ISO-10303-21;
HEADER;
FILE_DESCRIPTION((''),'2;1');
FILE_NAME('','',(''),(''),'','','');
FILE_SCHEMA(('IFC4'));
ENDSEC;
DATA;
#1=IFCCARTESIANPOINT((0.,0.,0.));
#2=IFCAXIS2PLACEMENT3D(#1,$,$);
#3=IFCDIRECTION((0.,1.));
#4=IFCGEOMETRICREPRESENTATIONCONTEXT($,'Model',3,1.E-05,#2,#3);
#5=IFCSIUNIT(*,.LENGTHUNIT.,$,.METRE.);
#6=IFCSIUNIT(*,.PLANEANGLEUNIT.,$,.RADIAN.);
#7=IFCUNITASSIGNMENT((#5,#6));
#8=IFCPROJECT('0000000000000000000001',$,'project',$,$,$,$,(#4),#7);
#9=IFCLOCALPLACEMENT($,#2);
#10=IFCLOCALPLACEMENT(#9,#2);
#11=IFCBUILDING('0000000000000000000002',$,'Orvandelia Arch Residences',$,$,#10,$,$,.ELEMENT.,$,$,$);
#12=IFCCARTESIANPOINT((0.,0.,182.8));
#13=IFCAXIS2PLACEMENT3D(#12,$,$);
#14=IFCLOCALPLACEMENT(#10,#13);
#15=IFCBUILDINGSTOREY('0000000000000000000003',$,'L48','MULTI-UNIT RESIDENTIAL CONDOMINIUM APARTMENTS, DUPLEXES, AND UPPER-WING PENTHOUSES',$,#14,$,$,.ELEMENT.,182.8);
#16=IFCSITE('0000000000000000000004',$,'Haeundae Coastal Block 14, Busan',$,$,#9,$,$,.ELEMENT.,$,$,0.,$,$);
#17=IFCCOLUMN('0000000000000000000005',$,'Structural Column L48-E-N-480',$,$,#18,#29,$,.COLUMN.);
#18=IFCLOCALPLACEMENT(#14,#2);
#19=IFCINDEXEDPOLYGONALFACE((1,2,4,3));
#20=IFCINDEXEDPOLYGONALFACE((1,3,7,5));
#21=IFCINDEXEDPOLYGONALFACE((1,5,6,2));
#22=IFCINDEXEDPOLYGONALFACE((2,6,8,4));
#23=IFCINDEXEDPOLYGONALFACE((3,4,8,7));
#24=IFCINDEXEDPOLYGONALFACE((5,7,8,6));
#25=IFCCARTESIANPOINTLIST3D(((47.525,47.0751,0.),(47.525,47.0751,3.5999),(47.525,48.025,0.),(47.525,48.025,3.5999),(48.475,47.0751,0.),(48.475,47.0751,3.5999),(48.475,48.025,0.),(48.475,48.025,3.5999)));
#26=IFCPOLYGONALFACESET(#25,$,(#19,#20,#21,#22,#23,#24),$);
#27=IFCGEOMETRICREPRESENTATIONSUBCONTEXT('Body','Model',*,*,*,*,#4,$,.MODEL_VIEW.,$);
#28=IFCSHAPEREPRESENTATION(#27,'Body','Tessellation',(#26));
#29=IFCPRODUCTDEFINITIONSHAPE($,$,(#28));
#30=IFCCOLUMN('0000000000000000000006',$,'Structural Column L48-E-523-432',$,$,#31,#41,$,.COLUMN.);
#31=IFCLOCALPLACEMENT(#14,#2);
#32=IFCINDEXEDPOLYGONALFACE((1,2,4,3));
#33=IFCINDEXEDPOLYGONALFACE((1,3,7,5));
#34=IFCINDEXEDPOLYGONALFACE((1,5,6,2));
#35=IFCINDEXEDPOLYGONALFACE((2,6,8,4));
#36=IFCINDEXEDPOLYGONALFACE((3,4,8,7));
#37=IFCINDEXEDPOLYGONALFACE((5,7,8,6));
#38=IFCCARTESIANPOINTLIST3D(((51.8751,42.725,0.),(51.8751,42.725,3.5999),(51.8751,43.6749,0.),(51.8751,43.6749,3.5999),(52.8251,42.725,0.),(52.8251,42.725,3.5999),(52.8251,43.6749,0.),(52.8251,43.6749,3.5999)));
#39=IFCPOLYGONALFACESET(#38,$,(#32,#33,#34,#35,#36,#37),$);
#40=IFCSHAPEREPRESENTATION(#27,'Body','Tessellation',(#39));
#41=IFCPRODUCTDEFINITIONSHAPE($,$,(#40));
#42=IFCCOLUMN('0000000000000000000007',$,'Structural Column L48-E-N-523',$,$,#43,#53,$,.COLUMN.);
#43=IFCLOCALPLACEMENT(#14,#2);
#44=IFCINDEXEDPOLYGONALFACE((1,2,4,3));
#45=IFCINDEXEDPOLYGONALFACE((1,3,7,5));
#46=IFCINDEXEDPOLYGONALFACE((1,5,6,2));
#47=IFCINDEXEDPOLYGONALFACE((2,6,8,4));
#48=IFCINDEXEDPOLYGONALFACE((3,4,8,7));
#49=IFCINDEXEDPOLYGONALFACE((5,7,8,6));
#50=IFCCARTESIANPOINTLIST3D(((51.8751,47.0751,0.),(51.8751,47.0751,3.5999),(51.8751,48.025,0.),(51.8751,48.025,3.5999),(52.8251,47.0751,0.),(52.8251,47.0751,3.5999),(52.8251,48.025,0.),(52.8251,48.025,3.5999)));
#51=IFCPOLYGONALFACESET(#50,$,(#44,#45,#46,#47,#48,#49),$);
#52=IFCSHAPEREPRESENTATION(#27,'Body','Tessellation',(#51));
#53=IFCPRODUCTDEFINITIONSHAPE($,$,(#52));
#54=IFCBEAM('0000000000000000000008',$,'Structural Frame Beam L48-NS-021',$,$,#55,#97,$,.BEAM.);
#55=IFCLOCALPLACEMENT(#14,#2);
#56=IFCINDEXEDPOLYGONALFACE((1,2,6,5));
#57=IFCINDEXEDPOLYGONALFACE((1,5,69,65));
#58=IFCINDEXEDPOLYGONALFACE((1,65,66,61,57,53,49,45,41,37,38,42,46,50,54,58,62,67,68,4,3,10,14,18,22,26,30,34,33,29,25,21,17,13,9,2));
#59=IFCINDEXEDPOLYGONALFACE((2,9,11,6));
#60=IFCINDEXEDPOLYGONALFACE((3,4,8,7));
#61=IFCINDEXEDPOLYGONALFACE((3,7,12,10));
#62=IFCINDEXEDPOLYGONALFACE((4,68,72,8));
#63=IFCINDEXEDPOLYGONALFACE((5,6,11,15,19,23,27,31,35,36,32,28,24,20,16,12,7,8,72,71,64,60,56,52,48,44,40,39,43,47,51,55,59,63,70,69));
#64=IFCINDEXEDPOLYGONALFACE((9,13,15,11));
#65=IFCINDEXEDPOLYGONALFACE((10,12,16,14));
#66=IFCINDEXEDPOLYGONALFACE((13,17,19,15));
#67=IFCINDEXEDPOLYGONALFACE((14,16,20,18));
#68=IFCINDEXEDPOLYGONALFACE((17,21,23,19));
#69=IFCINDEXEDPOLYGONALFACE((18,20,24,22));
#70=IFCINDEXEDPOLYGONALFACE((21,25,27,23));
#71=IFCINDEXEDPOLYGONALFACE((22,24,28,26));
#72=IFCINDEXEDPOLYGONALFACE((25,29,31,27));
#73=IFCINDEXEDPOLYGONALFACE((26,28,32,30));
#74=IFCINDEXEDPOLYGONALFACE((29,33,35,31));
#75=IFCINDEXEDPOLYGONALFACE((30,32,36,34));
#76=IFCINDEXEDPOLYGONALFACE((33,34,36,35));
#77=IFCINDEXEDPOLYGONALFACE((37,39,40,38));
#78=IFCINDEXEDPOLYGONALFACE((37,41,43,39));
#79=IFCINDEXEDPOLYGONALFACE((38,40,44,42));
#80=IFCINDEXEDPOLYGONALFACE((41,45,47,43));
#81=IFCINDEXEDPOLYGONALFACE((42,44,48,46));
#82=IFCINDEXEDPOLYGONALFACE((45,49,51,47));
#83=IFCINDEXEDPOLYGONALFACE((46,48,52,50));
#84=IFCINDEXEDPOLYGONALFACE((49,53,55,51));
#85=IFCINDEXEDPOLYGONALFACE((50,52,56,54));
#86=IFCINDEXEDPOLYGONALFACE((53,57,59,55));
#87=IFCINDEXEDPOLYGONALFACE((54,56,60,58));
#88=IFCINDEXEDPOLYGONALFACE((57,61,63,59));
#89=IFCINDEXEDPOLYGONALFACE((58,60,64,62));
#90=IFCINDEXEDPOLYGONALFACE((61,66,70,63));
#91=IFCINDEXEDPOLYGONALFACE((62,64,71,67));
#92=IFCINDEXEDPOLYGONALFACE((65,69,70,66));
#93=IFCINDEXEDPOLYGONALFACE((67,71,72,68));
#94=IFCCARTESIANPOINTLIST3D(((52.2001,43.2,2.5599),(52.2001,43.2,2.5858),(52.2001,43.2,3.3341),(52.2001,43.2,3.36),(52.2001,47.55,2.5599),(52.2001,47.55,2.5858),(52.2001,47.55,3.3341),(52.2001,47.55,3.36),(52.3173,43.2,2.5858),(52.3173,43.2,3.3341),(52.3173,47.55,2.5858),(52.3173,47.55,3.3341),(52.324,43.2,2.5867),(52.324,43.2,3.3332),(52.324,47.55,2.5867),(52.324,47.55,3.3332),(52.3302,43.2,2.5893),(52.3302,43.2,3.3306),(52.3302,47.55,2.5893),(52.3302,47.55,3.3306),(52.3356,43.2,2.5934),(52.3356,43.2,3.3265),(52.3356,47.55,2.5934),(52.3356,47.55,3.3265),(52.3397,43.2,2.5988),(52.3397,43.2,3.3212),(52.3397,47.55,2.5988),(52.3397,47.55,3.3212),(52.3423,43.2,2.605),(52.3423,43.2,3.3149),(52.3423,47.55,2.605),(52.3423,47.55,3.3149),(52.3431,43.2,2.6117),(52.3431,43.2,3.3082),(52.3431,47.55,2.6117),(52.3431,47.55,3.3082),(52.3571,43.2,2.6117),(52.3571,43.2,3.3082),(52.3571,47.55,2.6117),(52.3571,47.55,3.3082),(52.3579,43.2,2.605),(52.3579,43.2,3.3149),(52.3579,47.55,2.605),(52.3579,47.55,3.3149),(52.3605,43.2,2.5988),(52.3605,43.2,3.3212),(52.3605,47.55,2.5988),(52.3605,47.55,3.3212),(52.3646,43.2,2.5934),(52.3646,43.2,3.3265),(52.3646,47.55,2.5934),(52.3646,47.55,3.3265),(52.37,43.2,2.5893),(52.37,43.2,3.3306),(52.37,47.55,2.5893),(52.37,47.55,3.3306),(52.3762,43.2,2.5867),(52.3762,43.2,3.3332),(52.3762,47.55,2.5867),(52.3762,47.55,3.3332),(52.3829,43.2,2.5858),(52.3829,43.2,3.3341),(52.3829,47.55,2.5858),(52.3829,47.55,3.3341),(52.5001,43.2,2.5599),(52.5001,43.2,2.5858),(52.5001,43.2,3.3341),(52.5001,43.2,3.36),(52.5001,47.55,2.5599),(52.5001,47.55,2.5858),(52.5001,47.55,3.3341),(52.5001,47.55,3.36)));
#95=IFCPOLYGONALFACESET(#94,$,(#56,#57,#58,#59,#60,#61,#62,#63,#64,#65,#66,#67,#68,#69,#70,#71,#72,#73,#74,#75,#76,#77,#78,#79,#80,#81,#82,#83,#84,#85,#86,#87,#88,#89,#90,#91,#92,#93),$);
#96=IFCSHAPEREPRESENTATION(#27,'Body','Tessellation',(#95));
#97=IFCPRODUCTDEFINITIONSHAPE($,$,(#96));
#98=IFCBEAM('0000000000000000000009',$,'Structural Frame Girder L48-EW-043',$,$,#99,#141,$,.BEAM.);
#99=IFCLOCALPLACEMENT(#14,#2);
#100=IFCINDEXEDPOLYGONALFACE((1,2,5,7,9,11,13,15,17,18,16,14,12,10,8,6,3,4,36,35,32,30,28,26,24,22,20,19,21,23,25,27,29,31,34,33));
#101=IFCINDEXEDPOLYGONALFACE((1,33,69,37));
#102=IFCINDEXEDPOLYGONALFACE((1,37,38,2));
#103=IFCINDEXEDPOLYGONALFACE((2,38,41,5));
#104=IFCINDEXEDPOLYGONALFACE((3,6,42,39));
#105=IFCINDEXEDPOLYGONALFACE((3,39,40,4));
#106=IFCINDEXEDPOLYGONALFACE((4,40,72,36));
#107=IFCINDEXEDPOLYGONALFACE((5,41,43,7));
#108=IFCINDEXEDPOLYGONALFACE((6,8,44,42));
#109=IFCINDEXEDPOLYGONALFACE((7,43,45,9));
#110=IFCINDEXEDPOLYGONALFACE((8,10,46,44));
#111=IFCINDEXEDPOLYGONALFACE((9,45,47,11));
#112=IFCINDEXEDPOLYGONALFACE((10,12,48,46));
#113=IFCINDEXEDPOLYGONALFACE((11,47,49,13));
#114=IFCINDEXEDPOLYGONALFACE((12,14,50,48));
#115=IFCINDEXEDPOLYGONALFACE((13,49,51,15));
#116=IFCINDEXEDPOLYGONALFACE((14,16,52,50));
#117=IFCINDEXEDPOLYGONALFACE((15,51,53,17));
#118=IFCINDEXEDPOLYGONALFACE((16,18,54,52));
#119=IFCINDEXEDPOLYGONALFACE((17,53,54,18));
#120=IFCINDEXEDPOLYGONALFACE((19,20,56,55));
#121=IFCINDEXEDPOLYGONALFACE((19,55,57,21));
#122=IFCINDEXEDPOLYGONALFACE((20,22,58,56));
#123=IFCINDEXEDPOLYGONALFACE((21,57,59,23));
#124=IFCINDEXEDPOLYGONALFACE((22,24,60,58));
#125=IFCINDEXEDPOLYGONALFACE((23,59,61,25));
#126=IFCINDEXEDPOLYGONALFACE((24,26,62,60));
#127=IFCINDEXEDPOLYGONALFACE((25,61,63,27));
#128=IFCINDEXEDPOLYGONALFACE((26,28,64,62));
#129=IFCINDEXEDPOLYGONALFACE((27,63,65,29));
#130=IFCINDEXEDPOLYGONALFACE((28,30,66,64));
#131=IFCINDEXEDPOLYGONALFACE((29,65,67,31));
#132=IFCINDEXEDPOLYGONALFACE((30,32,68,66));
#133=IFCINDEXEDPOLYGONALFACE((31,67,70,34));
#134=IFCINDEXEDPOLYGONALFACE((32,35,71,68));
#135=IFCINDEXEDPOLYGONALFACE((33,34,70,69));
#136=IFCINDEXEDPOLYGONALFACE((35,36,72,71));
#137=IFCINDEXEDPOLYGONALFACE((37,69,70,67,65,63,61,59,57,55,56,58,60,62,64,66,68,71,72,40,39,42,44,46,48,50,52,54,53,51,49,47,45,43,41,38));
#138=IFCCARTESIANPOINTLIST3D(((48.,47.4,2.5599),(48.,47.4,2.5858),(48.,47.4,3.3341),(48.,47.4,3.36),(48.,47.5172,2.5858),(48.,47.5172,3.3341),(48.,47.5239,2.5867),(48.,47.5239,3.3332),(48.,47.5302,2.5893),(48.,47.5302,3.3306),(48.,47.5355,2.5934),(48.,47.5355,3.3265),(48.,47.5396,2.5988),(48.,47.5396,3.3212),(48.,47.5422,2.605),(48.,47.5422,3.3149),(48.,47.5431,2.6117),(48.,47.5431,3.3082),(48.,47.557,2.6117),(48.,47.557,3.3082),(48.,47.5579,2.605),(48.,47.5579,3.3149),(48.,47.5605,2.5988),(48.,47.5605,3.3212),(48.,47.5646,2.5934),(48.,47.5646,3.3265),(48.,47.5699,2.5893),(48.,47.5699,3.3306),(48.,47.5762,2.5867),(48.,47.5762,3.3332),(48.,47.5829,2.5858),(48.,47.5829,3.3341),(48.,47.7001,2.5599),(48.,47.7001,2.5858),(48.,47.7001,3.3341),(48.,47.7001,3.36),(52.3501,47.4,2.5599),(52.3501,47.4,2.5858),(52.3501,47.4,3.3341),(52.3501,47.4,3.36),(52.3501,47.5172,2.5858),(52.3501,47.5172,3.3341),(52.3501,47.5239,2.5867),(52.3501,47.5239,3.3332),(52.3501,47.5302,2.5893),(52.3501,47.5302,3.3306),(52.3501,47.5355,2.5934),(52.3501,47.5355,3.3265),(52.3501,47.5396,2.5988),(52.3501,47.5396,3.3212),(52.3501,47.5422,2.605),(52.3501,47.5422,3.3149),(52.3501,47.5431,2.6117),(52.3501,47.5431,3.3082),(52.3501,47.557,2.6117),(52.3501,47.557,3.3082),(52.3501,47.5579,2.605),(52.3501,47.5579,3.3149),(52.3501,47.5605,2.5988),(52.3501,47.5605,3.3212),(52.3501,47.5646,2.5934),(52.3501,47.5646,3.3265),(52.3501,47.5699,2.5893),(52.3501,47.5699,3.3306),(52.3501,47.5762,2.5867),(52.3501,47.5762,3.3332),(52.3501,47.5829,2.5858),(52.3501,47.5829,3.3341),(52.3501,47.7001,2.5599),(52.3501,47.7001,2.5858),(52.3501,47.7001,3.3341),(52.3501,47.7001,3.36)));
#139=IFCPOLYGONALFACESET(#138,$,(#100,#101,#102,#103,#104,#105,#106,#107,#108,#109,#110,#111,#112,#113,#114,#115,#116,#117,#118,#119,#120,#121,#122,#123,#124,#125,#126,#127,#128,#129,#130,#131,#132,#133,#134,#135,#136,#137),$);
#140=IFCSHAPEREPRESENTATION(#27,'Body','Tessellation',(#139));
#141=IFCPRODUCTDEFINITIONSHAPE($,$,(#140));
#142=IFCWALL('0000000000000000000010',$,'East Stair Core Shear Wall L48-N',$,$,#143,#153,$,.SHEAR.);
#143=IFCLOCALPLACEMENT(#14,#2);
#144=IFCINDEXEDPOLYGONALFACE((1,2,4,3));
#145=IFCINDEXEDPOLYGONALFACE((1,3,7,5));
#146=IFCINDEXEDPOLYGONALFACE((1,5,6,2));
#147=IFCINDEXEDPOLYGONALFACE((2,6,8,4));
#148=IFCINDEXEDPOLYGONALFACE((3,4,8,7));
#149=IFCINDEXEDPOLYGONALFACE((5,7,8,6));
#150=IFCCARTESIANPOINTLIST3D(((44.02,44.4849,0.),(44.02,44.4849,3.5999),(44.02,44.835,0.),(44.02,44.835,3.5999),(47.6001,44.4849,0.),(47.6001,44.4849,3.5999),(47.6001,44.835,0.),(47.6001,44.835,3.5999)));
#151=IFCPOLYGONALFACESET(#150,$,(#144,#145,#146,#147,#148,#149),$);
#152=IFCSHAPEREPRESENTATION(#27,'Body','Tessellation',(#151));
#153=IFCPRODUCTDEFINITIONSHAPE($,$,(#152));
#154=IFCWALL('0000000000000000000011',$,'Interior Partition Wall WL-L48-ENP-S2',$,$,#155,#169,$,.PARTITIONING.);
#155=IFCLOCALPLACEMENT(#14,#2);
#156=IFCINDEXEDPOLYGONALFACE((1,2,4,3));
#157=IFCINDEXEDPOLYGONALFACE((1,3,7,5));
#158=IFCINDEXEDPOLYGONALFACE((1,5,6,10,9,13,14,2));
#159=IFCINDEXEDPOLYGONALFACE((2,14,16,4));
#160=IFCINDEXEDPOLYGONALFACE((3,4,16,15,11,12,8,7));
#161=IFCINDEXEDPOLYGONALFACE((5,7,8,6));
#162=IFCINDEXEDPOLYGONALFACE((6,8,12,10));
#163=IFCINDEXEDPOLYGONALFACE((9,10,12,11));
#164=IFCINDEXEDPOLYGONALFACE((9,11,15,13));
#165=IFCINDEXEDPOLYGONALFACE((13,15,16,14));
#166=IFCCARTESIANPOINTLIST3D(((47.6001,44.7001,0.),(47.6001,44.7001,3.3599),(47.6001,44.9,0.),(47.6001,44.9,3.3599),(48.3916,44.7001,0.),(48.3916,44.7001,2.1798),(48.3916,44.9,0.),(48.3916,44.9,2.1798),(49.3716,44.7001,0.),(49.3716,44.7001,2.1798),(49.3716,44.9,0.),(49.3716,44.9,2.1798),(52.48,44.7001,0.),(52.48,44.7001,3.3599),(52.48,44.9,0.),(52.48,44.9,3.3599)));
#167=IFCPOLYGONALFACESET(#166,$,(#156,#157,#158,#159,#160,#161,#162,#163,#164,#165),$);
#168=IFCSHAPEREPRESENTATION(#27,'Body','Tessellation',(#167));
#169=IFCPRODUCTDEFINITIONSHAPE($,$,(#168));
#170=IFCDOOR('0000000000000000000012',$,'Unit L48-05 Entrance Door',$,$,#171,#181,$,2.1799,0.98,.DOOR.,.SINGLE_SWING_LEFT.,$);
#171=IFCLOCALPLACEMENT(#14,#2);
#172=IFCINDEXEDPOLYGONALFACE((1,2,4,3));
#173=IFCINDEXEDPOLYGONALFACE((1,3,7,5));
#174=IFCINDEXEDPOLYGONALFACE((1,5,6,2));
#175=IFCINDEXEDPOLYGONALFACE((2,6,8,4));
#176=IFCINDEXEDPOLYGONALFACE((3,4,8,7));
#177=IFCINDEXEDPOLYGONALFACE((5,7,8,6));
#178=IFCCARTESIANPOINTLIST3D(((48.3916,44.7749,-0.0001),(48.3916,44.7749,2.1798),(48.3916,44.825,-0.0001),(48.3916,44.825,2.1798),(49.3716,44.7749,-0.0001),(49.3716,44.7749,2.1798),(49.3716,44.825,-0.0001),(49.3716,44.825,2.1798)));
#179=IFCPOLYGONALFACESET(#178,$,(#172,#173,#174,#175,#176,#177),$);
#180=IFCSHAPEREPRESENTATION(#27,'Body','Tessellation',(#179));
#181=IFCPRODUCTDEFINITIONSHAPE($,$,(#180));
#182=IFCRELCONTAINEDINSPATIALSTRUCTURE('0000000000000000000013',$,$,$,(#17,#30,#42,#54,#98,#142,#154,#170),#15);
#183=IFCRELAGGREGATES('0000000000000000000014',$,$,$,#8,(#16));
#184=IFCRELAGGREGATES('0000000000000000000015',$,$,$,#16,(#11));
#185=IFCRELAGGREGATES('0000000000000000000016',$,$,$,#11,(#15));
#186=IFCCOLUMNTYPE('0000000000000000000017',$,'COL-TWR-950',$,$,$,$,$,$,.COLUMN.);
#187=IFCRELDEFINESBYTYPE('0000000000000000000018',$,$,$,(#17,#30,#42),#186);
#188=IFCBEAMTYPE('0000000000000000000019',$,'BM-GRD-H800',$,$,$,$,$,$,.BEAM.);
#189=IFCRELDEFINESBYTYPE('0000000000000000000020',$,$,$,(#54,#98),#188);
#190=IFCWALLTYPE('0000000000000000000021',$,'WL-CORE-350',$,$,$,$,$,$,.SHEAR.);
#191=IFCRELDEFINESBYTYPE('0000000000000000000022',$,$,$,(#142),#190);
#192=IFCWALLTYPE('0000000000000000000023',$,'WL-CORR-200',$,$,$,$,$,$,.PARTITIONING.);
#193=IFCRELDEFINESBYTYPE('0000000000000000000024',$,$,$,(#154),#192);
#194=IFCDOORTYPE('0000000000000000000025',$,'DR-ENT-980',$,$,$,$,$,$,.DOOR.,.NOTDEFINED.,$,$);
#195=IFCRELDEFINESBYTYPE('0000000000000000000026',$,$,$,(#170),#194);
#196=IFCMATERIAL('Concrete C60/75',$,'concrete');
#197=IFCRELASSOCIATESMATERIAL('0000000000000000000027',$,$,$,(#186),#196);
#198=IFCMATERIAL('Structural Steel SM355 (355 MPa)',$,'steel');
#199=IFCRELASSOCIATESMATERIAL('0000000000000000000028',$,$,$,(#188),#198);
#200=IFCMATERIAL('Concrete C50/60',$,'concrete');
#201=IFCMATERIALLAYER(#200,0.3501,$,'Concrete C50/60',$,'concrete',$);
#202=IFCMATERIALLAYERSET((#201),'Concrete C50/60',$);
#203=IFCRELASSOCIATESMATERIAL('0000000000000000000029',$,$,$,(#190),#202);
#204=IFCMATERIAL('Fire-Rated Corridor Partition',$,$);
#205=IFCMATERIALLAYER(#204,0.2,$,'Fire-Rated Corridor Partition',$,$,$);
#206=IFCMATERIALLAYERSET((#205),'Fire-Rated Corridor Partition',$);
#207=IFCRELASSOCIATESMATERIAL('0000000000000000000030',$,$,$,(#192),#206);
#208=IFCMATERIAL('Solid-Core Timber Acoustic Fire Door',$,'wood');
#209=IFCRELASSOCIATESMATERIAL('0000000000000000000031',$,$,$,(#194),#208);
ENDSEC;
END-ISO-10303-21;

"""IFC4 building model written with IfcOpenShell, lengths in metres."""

from ifc_helpers import new_model, si_unit, direction, frame, frame_2d, origin, origin_2d, place, context, subcontext, project, spatial, rectangle, i_section, extrude, material, layer, layer_set, material_profile, profile_set, type_object, element, fill, save


model = new_model("IFC4")

# Units and contexts
model_context = context("Model", 3, precision=1e-05, world=origin(), true_north=direction((0.0, 1.0)))
body_context = subcontext(model_context, "Body", "Model", "MODEL_VIEW")
ifc_project = project(units=[si_unit("LENGTHUNIT", "METRE"), si_unit("PLANEANGLEUNIT", "RADIAN")], contexts=[model_context])

# Site, building, storey
site_placement = place(None, origin())
site = spatial("IfcSite", under=ifc_project, at=site_placement, Name="Haeundae Coastal Block 14, Busan", CompositionType="ELEMENT", RefElevation=0.0)
building_placement = place(site_placement, origin())
building = spatial("IfcBuilding", under=site, at=building_placement, Name="Orvandelia Arch Residences", CompositionType="ELEMENT")
storey_placement = place(building_placement, frame((0.0, 0.0, 182.8)))
storey = spatial("IfcBuildingStorey", under=building, at=storey_placement, Name="L48", Description="MULTI-UNIT RESIDENTIAL CONDOMINIUM APARTMENTS, DUPLEXES, AND UPPER-WING PENTHOUSES", CompositionType="ELEMENT", Elevation=182.8)

# Columns
ifc_material_1 = material(Name="Concrete C60/75", Category="concrete")
ifc_material_profile_1 = material_profile(ifc_material_1, rectangle(XDim=0.95, YDim=0.95, at=origin_2d()), Name="Concrete C60/75", Category="concrete")
ifc_profile_set_1 = profile_set([ifc_material_profile_1], Name="Concrete C60/75")
column_type = type_object("IfcColumnType", Name="COL-TWR-950", PredefinedType="COLUMN", material=ifc_profile_set_1)
for number, where, z_axis, x_axis, name in (
    (1, (48.0, 47.55, 0.0), (0.0, 0.0, 1.0), (1.0, 0.0, 0.0), "Structural Column L48-E-N-480"),
    (2, (52.3501, 43.2, 0.0), (0.0, 0.0, 1.0), (1.0, 0.0, 0.0), "Structural Column L48-E-523-432"),
    (3, (52.3501, 47.55, 0.0), (0.0, 0.0, 1.0), (1.0, 0.0, 0.0), "Structural Column L48-E-N-523"),
):
    element("IfcColumn", number, at=place(storey_placement, frame(where, z_axis=z_axis, x_axis=x_axis)), inside=storey, type_object=column_type, Name=name, PredefinedType="COLUMN", context=body_context, shape_type="SweptSolid", body=[
        extrude(rectangle(XDim=0.95, YDim=0.95, at=origin_2d()), origin(), (0.0, 0.0, 1.0), 3.5999),
    ])

# Beams
ifc_material_2 = material(Name="Structural Steel SM355 (355 MPa)", Category="steel")
ifc_material_profile_2 = material_profile(ifc_material_2, i_section(OverallWidth=0.3, OverallDepth=0.8, WebThickness=0.0139, FlangeThickness=0.0259, FilletRadius=0.0259, at=origin_2d()), Name="Structural Steel SM355 (355 MPa)", Category="steel")
ifc_profile_set_2 = profile_set([ifc_material_profile_2], Name="Structural Steel SM355 (355 MPa)")
beam_type = type_object("IfcBeamType", Name="BM-GRD-H800", PredefinedType="BEAM", material=ifc_profile_set_2)
for number, where, z_axis, x_axis, name in (
    (4, (52.3501, 43.2, 2.96), (0.0, 1.0, 0.0), (-1.0, 0.0, 0.0), "Structural Frame Beam L48-NS-021"),
    (5, (48.0, 47.55, 2.96), (1.0, 0.0, 0.0), (0.0, 1.0, 0.0), "Structural Frame Girder L48-EW-043"),
):
    element("IfcBeam", number, at=place(storey_placement, frame(where, z_axis=z_axis, x_axis=x_axis)), inside=storey, type_object=beam_type, Name=name, PredefinedType="BEAM", context=body_context, shape_type="SweptSolid", body=[
        extrude(i_section(OverallWidth=0.3, OverallDepth=0.8, WebThickness=0.0139, FlangeThickness=0.0259, FilletRadius=0.0259, at=origin_2d()), origin(), (0.0, 0.0, 1.0), 4.3501),
    ])

# Wall
ifc_material_3 = material(Name="Concrete C50/60", Category="concrete")
ifc_layer_1 = layer(ifc_material_3, 0.3501, Name="Concrete C50/60", Category="concrete")
ifc_layer_set_1 = layer_set([ifc_layer_1], Name="Concrete C50/60")
wall_type_1 = type_object("IfcWallType", Name="WL-CORE-350", PredefinedType="SHEAR", material=ifc_layer_set_1)
wall_1_placement = place(storey_placement, frame((44.02, 44.6599, 0.0), z_axis=(0.0, 0.0, 1.0), x_axis=(1.0, 0.0, 0.0)))
element("IfcWall", 6, at=wall_1_placement, inside=storey, type_object=wall_type_1, Name="East Stair Core Shear Wall L48-N", PredefinedType="SHEAR", context=body_context, shape_type="SweptSolid", body=[
    extrude(rectangle(XDim=3.5801, YDim=0.3501, at=frame_2d((1.79, 0.0))), origin(), (0.0, 0.0, 1.0), 3.5999),
])

# Wall, opening, door
ifc_material_4 = material(Name="Fire-Rated Corridor Partition")
ifc_layer_2 = layer(ifc_material_4, 0.2, Name="Fire-Rated Corridor Partition")
ifc_layer_set_2 = layer_set([ifc_layer_2], Name="Fire-Rated Corridor Partition")
wall_type_2 = type_object("IfcWallType", Name="WL-CORR-200", PredefinedType="PARTITIONING", material=ifc_layer_set_2)
wall_2_placement = place(storey_placement, frame((47.6001, 44.8, 0.0), z_axis=(0.0, 0.0, 1.0), x_axis=(1.0, 0.0, 0.0)))
wall_2 = element("IfcWall", 7, at=wall_2_placement, inside=storey, type_object=wall_type_2, Name="Interior Partition Wall WL-L48-ENP-S2", PredefinedType="PARTITIONING", context=body_context, shape_type="SweptSolid", body=[
    extrude(rectangle(XDim=4.8799, YDim=0.2, at=frame_2d((2.4399, 0.0))), origin(), (0.0, 0.0, 1.0), 3.3599),
])
opening_1_placement = place(wall_2_placement, frame((0.7915, 0.0, 0.0)))
opening_1 = element("IfcOpeningElement", 8, at=opening_1_placement, cuts=wall_2, PredefinedType="OPENING", context=body_context, shape_type="SweptSolid", body=[
    extrude(rectangle(XDim=0.98, YDim=2.1799, at=frame_2d((0.49, 1.0898))), frame((0.0, 0.1099, 0.0), z_axis=(0.0, -1.0, 0.0), x_axis=(1.0, 0.0, 0.0)), (0.0, 0.0, 1.0), 0.22),
])
ifc_material_5 = material(Name="Solid-Core Timber Acoustic Fire Door", Category="wood")
door_type_1 = type_object("IfcDoorType", Name="DR-ENT-980", OperationType="NOTDEFINED", PredefinedType="DOOR", material=ifc_material_5)
door_1_placement = place(opening_1_placement, origin())
door_1 = element("IfcDoor", 9, at=door_1_placement, inside=storey, type_object=door_type_1, Name="Unit L48-05 Entrance Door", OperationType="SINGLE_SWING_LEFT", OverallHeight=2.1799, OverallWidth=0.98, PredefinedType="DOOR", context=body_context, shape_type="SweptSolid", body=[
    extrude(rectangle(XDim=0.98, YDim=2.1799, at=frame_2d((0.49, 1.0898))), frame((0.0, 0.0249, 0.0), z_axis=(0.0, -1.0, 0.0), x_axis=(1.0, 0.0, 0.0)), (0.0, 0.0, 1.0), 0.05),
])
fill(opening_1, door_1)

save(model, "model.ifc")
